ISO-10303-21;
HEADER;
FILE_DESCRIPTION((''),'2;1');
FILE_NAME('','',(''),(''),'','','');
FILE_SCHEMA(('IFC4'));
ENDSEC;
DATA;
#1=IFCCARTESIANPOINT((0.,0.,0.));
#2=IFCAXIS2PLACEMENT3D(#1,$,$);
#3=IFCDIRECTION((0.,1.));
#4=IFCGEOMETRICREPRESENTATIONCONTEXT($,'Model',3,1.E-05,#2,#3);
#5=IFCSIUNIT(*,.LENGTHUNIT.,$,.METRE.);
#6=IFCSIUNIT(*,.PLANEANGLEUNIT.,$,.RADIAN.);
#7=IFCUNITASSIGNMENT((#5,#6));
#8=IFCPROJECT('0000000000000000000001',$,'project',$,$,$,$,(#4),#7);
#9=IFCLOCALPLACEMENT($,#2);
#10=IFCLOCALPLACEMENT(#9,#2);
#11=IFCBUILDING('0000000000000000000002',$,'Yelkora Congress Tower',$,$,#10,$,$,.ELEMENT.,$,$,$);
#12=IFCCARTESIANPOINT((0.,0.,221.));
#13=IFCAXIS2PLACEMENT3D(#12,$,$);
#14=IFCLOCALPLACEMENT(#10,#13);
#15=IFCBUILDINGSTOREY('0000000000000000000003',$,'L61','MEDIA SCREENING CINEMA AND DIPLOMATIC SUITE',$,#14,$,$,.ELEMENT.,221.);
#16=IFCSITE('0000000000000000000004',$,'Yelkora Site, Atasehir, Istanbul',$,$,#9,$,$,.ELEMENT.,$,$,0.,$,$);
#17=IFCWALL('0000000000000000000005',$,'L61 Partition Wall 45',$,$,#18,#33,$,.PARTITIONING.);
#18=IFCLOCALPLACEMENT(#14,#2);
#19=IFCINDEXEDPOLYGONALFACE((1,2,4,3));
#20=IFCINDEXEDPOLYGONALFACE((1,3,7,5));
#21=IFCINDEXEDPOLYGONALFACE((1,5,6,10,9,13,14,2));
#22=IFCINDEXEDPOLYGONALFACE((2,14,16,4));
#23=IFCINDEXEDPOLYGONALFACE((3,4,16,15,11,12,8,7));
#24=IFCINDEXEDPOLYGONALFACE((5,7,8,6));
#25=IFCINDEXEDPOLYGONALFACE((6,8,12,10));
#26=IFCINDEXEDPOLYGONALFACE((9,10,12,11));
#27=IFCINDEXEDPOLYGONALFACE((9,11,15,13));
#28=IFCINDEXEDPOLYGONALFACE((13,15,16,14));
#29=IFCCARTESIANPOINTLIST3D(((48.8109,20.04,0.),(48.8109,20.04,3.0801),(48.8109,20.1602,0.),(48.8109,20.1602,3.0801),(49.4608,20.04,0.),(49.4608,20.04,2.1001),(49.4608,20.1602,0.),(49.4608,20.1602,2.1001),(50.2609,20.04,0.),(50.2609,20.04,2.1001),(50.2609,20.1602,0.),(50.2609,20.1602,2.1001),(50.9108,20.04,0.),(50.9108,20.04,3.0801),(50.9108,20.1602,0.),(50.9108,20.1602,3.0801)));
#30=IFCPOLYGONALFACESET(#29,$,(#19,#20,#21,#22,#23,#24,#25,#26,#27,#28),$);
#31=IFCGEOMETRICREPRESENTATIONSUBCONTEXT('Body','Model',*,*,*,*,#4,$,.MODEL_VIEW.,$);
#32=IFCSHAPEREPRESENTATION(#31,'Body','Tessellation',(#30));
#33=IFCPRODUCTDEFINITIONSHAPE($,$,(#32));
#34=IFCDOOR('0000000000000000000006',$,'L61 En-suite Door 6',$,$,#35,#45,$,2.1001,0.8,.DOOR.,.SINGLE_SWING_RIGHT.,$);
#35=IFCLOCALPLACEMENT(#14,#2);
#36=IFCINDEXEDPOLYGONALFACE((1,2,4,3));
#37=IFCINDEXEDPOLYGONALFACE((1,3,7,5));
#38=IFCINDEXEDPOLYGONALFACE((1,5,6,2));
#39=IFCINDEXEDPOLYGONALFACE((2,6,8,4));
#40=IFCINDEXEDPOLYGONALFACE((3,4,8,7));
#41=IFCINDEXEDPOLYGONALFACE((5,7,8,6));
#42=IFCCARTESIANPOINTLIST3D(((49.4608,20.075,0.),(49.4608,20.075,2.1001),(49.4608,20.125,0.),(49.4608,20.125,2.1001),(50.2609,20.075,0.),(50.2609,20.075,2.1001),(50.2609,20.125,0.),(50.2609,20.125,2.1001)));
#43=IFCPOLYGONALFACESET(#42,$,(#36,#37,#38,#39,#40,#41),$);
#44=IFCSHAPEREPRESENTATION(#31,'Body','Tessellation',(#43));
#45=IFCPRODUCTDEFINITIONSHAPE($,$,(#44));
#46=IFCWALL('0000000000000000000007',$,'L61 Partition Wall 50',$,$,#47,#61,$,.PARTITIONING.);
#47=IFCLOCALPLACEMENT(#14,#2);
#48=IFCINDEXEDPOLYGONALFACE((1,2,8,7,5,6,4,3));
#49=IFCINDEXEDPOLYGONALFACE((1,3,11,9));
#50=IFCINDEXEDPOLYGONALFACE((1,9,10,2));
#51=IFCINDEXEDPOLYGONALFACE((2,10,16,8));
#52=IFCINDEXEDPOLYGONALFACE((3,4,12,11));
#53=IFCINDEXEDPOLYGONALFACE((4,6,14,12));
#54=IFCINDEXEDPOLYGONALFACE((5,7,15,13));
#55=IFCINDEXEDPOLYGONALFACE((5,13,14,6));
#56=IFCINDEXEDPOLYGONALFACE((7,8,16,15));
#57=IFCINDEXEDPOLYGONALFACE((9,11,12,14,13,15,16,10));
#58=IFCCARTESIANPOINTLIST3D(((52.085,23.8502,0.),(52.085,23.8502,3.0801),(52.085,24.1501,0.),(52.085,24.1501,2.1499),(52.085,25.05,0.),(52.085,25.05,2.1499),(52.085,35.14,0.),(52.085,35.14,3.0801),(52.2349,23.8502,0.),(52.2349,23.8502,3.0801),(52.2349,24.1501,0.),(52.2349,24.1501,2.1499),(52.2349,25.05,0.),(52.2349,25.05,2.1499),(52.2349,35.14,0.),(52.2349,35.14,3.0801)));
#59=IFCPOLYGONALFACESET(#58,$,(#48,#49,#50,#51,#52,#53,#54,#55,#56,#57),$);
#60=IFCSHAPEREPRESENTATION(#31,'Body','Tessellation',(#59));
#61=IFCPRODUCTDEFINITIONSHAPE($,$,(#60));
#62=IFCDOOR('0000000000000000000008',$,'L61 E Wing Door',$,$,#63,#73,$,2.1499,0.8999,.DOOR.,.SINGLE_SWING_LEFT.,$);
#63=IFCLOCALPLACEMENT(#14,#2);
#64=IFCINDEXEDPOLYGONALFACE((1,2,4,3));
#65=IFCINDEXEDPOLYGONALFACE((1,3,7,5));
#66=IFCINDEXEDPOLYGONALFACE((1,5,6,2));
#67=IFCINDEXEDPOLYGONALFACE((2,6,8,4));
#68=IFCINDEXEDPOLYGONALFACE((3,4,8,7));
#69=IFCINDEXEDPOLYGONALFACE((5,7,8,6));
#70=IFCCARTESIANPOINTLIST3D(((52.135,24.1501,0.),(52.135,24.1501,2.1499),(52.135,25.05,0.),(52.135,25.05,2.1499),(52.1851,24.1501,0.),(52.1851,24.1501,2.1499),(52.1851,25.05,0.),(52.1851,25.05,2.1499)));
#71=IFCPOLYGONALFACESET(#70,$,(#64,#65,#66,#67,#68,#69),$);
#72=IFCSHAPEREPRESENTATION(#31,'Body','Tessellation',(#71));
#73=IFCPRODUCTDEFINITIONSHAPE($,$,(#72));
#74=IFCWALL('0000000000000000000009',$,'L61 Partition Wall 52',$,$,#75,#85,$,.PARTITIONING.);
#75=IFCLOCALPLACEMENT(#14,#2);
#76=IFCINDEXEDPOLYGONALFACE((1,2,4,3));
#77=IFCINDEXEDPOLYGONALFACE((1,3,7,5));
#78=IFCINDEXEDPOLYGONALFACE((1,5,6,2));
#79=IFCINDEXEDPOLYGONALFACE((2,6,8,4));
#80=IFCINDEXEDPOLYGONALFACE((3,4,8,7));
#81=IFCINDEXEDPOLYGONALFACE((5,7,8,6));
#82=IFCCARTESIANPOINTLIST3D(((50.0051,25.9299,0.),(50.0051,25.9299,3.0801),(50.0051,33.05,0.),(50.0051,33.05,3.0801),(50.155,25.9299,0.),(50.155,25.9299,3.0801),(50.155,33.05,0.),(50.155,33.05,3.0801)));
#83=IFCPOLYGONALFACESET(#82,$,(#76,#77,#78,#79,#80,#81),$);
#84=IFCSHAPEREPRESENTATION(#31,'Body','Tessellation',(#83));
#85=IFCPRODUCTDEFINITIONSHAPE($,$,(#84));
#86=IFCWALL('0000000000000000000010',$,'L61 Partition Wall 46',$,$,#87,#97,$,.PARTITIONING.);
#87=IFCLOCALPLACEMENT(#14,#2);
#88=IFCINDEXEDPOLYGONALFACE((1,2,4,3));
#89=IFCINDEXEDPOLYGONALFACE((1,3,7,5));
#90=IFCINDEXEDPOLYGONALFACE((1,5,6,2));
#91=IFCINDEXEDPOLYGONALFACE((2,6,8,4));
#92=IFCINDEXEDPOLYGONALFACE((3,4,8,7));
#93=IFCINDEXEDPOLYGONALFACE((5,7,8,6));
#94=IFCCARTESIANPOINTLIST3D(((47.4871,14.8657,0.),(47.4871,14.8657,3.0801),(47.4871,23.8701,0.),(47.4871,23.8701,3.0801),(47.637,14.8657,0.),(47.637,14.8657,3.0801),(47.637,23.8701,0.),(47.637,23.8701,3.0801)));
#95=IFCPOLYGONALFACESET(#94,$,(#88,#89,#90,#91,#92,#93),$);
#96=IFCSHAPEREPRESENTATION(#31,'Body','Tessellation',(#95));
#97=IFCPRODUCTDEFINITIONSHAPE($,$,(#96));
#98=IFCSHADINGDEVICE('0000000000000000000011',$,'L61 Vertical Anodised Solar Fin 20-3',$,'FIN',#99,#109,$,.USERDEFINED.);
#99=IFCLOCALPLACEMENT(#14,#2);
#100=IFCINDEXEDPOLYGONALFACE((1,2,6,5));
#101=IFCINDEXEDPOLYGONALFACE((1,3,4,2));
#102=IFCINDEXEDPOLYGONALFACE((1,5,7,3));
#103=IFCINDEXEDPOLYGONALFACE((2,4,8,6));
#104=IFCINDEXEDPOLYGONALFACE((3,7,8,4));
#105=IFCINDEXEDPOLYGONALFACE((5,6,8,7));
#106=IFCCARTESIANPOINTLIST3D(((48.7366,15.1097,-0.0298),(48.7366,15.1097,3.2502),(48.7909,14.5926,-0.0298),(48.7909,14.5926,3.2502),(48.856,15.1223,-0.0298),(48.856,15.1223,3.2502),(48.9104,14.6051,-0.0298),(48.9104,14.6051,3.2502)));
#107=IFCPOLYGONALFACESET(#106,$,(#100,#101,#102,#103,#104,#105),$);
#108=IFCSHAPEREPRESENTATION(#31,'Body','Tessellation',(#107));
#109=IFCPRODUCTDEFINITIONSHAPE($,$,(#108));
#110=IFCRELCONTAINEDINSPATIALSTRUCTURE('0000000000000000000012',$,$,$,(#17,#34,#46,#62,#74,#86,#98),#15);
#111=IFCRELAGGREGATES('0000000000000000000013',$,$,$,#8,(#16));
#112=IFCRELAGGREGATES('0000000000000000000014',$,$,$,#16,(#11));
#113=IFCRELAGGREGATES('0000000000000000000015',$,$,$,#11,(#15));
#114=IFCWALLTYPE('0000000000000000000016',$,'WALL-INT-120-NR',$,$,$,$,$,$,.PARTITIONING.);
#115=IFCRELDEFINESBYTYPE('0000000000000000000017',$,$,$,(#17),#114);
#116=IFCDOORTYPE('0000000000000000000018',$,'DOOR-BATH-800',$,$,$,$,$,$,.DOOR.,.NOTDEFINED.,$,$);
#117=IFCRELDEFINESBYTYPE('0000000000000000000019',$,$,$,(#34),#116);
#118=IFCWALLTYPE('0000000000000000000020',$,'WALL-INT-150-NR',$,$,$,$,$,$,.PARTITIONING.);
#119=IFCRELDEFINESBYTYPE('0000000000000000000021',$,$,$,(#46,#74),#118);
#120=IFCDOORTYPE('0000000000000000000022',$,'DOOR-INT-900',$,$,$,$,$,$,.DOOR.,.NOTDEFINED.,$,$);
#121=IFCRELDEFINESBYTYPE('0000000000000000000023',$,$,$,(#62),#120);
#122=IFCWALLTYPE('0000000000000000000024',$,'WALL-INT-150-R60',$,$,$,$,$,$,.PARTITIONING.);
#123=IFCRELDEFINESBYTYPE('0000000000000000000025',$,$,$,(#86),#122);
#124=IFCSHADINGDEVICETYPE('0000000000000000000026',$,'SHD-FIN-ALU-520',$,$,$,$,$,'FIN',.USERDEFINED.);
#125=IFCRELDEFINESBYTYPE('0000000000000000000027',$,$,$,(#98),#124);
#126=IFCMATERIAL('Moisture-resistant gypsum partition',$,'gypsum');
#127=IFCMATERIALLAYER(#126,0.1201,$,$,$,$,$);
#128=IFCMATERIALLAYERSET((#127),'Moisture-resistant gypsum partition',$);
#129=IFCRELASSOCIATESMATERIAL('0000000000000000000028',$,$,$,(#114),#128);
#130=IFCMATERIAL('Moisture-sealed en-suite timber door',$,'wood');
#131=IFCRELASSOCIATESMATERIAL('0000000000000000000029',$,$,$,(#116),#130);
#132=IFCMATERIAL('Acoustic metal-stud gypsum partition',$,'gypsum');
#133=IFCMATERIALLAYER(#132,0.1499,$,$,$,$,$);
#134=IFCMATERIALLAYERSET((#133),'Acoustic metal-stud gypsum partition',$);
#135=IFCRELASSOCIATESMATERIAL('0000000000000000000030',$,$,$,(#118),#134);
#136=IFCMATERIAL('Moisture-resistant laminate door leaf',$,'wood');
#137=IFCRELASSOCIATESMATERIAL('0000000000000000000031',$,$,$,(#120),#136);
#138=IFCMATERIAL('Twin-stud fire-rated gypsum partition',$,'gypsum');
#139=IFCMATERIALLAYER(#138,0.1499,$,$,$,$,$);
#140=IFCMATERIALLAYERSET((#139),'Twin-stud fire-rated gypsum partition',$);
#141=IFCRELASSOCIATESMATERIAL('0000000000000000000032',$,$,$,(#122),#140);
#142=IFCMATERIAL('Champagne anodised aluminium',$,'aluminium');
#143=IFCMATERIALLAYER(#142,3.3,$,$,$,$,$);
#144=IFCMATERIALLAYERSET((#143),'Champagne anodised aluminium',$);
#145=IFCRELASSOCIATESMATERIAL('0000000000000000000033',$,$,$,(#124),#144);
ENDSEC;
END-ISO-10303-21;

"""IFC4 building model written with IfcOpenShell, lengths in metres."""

from ifc_helpers import new_model, si_unit, direction, frame, frame_2d, origin, origin_2d, place, context, subcontext, project, spatial, rectangle, extrude, material, layer, layer_set, type_object, element, fill, save


model = new_model("IFC4")

# Units and contexts
model_context = context("Model", 3, precision=1e-05, world=origin(), true_north=direction((0.0, 1.0)))
body_context = subcontext(model_context, "Body", "Model", "MODEL_VIEW")
ifc_project = project(units=[si_unit("LENGTHUNIT", "METRE"), si_unit("PLANEANGLEUNIT", "RADIAN")], contexts=[model_context])

# Site, building, storey
site_placement = place(None, origin())
site = spatial("IfcSite", under=ifc_project, at=site_placement, Name="Yelkora Site, Atasehir, Istanbul", CompositionType="ELEMENT", RefElevation=0.0)
building_placement = place(site_placement, origin())
building = spatial("IfcBuilding", under=site, at=building_placement, Name="Yelkora Congress Tower", CompositionType="ELEMENT")
storey_placement = place(building_placement, frame((0.0, 0.0, 221.0)))
storey = spatial("IfcBuildingStorey", under=building, at=storey_placement, Name="L61", Description="MEDIA SCREENING CINEMA AND DIPLOMATIC SUITE", CompositionType="ELEMENT", Elevation=221.0)

# Shared definitions
ifc_material_1 = material(Name="Moisture-resistant gypsum partition", Category="gypsum")
ifc_layer_1 = layer(ifc_material_1, 0.1201)
ifc_layer_set_1 = layer_set([ifc_layer_1], Name="Moisture-resistant gypsum partition")
wall_type_1 = type_object("IfcWallType", Name="WALL-INT-120-NR", PredefinedType="PARTITIONING", material=ifc_layer_set_1)

# Walls, openings, doors
wall_1_placement = place(storey_placement, frame((48.811, 20.1001, 0.0), z_axis=(0.0, 0.0, 1.0), x_axis=(1.0, 0.0, 0.0)))
wall_1 = element("IfcWall", 1, at=wall_1_placement, inside=storey, type_object=wall_type_1, Name="L61 Partition Wall 45", PredefinedType="PARTITIONING", context=body_context, shape_type="SweptSolid", body=[
    extrude(rectangle(XDim=2.0999, YDim=0.1201, at=frame_2d((1.0498, 0.0))), origin(), (0.0, 0.0, 1.0), 3.0801),
])
opening_1_placement = place(wall_1_placement, frame((0.6499, 0.0, 0.0)))
opening_1 = element("IfcOpeningElement", 2, at=opening_1_placement, cuts=wall_1, PredefinedType="OPENING", context=body_context, shape_type="SweptSolid", body=[
    extrude(rectangle(XDim=0.8, YDim=2.1001, at=frame_2d((0.3999, 1.05))), frame((0.0, 0.0701, 0.0), z_axis=(0.0, -1.0, 0.0), x_axis=(1.0, 0.0, 0.0)), (0.0, 0.0, 1.0), 0.1401),
])
ifc_material_2 = material(Name="Moisture-sealed en-suite timber door", Category="wood")
door_type_1 = type_object("IfcDoorType", Name="DOOR-BATH-800", OperationType="NOTDEFINED", PredefinedType="DOOR", material=ifc_material_2)
door_1_placement = place(opening_1_placement, origin())
door_1 = element("IfcDoor", 3, at=door_1_placement, inside=storey, type_object=door_type_1, Name="L61 En-suite Door 6", OperationType="SINGLE_SWING_RIGHT", OverallHeight=2.1001, OverallWidth=0.8, PredefinedType="DOOR", context=body_context, shape_type="SweptSolid", body=[
    extrude(rectangle(XDim=0.8, YDim=2.1001, at=frame_2d((0.3999, 1.05))), frame((0.0, 0.0249, 0.0), z_axis=(0.0, -1.0, 0.0), x_axis=(1.0, 0.0, 0.0)), (0.0, 0.0, 1.0), 0.05),
])
fill(opening_1, door_1)
ifc_material_3 = material(Name="Acoustic metal-stud gypsum partition", Category="gypsum")
ifc_layer_2 = layer(ifc_material_3, 0.1499)
ifc_layer_set_2 = layer_set([ifc_layer_2], Name="Acoustic metal-stud gypsum partition")
wall_type_2 = type_object("IfcWallType", Name="WALL-INT-150-NR", PredefinedType="PARTITIONING", material=ifc_layer_set_2)
wall_2_placement = place(storey_placement, frame((52.1599, 23.8501, 0.0), z_axis=(0.0, 0.0, 1.0), x_axis=(0.0, 1.0, 0.0)))
wall_2 = element("IfcWall", 4, at=wall_2_placement, inside=storey, type_object=wall_type_2, Name="L61 Partition Wall 50", PredefinedType="PARTITIONING", context=body_context, shape_type="SweptSolid", body=[
    extrude(rectangle(XDim=11.2898, YDim=0.1499, at=frame_2d((5.645, 0.0))), origin(), (0.0, 0.0, 1.0), 3.0801),
])
opening_2_placement = place(wall_2_placement, frame((0.3, 0.0, 0.0)))
opening_2 = element("IfcOpeningElement", 5, at=opening_2_placement, cuts=wall_2, PredefinedType="OPENING", context=body_context, shape_type="SweptSolid", body=[
    extrude(rectangle(XDim=0.8999, YDim=2.1499, at=frame_2d((0.45, 1.075))), frame((0.0, 0.085, 0.0), z_axis=(0.0, -1.0, 0.0), x_axis=(1.0, 0.0, 0.0)), (0.0, 0.0, 1.0), 0.1699),
])
ifc_material_4 = material(Name="Moisture-resistant laminate door leaf", Category="wood")
door_type_2 = type_object("IfcDoorType", Name="DOOR-INT-900", OperationType="NOTDEFINED", PredefinedType="DOOR", material=ifc_material_4)
door_2_placement = place(opening_2_placement, origin())
door_2 = element("IfcDoor", 6, at=door_2_placement, inside=storey, type_object=door_type_2, Name="L61 E Wing Door", OperationType="SINGLE_SWING_LEFT", OverallHeight=2.1499, OverallWidth=0.8999, PredefinedType="DOOR", context=body_context, shape_type="SweptSolid", body=[
    extrude(rectangle(XDim=0.8999, YDim=2.1499, at=frame_2d((0.45, 1.075))), frame((0.0, 0.0249, 0.0), z_axis=(0.0, -1.0, 0.0), x_axis=(1.0, 0.0, 0.0)), (0.0, 0.0, 1.0), 0.05),
])
fill(opening_2, door_2)

# Walls
wall_3_placement = place(storey_placement, frame((50.0801, 25.9299, 0.0), z_axis=(0.0, 0.0, 1.0), x_axis=(0.0, 1.0, 0.0)))
element("IfcWall", 7, at=wall_3_placement, inside=storey, type_object=wall_type_2, Name="L61 Partition Wall 52", PredefinedType="PARTITIONING", context=body_context, shape_type="SweptSolid", body=[
    extrude(rectangle(XDim=7.1201, YDim=0.1499, at=frame_2d((3.5601, 0.0))), origin(), (0.0, 0.0, 1.0), 3.0801),
])
ifc_material_5 = material(Name="Twin-stud fire-rated gypsum partition", Category="gypsum")
ifc_layer_3 = layer(ifc_material_5, 0.1499)
ifc_layer_set_3 = layer_set([ifc_layer_3], Name="Twin-stud fire-rated gypsum partition")
wall_type_3 = type_object("IfcWallType", Name="WALL-INT-150-R60", PredefinedType="PARTITIONING", material=ifc_layer_set_3)
wall_4_placement = place(storey_placement, frame((47.562, 14.8657, 0.0), z_axis=(0.0, 0.0, 1.0), x_axis=(0.0, 1.0, 0.0)))
element("IfcWall", 8, at=wall_4_placement, inside=storey, type_object=wall_type_3, Name="L61 Partition Wall 46", PredefinedType="PARTITIONING", context=body_context, shape_type="SweptSolid", body=[
    extrude(rectangle(XDim=9.0044, YDim=0.1499, at=frame_2d((4.5022, 0.0))), origin(), (0.0, 0.0, 1.0), 3.0801),
])

# Shading device
ifc_material_6 = material(Name="Champagne anodised aluminium", Category="aluminium")
ifc_layer_4 = layer(ifc_material_6, 3.3)
ifc_layer_set_4 = layer_set([ifc_layer_4], Name="Champagne anodised aluminium")
shading_device_type = type_object("IfcShadingDeviceType", Name="SHD-FIN-ALU-520", ElementType="FIN", PredefinedType="USERDEFINED", material=ifc_layer_set_4)
shading_device_placement = place(storey_placement, frame((48.8235, 14.8574, -0.0298), z_axis=(0.0, 0.0, 1.0), x_axis=(-0.994522, -0.104528, 0.0)))
element("IfcShadingDevice", 9, at=shading_device_placement, inside=storey, type_object=shading_device_type, Name="L61 Vertical Anodised Solar Fin 20-3", ObjectType="FIN", PredefinedType="USERDEFINED", context=body_context, shape_type="SweptSolid", body=[
    extrude(rectangle(XDim=0.1201, YDim=0.52, at=origin_2d()), origin(), (0.0, 0.0, 1.0), 3.28),
])

save(model, "model.ifc")
